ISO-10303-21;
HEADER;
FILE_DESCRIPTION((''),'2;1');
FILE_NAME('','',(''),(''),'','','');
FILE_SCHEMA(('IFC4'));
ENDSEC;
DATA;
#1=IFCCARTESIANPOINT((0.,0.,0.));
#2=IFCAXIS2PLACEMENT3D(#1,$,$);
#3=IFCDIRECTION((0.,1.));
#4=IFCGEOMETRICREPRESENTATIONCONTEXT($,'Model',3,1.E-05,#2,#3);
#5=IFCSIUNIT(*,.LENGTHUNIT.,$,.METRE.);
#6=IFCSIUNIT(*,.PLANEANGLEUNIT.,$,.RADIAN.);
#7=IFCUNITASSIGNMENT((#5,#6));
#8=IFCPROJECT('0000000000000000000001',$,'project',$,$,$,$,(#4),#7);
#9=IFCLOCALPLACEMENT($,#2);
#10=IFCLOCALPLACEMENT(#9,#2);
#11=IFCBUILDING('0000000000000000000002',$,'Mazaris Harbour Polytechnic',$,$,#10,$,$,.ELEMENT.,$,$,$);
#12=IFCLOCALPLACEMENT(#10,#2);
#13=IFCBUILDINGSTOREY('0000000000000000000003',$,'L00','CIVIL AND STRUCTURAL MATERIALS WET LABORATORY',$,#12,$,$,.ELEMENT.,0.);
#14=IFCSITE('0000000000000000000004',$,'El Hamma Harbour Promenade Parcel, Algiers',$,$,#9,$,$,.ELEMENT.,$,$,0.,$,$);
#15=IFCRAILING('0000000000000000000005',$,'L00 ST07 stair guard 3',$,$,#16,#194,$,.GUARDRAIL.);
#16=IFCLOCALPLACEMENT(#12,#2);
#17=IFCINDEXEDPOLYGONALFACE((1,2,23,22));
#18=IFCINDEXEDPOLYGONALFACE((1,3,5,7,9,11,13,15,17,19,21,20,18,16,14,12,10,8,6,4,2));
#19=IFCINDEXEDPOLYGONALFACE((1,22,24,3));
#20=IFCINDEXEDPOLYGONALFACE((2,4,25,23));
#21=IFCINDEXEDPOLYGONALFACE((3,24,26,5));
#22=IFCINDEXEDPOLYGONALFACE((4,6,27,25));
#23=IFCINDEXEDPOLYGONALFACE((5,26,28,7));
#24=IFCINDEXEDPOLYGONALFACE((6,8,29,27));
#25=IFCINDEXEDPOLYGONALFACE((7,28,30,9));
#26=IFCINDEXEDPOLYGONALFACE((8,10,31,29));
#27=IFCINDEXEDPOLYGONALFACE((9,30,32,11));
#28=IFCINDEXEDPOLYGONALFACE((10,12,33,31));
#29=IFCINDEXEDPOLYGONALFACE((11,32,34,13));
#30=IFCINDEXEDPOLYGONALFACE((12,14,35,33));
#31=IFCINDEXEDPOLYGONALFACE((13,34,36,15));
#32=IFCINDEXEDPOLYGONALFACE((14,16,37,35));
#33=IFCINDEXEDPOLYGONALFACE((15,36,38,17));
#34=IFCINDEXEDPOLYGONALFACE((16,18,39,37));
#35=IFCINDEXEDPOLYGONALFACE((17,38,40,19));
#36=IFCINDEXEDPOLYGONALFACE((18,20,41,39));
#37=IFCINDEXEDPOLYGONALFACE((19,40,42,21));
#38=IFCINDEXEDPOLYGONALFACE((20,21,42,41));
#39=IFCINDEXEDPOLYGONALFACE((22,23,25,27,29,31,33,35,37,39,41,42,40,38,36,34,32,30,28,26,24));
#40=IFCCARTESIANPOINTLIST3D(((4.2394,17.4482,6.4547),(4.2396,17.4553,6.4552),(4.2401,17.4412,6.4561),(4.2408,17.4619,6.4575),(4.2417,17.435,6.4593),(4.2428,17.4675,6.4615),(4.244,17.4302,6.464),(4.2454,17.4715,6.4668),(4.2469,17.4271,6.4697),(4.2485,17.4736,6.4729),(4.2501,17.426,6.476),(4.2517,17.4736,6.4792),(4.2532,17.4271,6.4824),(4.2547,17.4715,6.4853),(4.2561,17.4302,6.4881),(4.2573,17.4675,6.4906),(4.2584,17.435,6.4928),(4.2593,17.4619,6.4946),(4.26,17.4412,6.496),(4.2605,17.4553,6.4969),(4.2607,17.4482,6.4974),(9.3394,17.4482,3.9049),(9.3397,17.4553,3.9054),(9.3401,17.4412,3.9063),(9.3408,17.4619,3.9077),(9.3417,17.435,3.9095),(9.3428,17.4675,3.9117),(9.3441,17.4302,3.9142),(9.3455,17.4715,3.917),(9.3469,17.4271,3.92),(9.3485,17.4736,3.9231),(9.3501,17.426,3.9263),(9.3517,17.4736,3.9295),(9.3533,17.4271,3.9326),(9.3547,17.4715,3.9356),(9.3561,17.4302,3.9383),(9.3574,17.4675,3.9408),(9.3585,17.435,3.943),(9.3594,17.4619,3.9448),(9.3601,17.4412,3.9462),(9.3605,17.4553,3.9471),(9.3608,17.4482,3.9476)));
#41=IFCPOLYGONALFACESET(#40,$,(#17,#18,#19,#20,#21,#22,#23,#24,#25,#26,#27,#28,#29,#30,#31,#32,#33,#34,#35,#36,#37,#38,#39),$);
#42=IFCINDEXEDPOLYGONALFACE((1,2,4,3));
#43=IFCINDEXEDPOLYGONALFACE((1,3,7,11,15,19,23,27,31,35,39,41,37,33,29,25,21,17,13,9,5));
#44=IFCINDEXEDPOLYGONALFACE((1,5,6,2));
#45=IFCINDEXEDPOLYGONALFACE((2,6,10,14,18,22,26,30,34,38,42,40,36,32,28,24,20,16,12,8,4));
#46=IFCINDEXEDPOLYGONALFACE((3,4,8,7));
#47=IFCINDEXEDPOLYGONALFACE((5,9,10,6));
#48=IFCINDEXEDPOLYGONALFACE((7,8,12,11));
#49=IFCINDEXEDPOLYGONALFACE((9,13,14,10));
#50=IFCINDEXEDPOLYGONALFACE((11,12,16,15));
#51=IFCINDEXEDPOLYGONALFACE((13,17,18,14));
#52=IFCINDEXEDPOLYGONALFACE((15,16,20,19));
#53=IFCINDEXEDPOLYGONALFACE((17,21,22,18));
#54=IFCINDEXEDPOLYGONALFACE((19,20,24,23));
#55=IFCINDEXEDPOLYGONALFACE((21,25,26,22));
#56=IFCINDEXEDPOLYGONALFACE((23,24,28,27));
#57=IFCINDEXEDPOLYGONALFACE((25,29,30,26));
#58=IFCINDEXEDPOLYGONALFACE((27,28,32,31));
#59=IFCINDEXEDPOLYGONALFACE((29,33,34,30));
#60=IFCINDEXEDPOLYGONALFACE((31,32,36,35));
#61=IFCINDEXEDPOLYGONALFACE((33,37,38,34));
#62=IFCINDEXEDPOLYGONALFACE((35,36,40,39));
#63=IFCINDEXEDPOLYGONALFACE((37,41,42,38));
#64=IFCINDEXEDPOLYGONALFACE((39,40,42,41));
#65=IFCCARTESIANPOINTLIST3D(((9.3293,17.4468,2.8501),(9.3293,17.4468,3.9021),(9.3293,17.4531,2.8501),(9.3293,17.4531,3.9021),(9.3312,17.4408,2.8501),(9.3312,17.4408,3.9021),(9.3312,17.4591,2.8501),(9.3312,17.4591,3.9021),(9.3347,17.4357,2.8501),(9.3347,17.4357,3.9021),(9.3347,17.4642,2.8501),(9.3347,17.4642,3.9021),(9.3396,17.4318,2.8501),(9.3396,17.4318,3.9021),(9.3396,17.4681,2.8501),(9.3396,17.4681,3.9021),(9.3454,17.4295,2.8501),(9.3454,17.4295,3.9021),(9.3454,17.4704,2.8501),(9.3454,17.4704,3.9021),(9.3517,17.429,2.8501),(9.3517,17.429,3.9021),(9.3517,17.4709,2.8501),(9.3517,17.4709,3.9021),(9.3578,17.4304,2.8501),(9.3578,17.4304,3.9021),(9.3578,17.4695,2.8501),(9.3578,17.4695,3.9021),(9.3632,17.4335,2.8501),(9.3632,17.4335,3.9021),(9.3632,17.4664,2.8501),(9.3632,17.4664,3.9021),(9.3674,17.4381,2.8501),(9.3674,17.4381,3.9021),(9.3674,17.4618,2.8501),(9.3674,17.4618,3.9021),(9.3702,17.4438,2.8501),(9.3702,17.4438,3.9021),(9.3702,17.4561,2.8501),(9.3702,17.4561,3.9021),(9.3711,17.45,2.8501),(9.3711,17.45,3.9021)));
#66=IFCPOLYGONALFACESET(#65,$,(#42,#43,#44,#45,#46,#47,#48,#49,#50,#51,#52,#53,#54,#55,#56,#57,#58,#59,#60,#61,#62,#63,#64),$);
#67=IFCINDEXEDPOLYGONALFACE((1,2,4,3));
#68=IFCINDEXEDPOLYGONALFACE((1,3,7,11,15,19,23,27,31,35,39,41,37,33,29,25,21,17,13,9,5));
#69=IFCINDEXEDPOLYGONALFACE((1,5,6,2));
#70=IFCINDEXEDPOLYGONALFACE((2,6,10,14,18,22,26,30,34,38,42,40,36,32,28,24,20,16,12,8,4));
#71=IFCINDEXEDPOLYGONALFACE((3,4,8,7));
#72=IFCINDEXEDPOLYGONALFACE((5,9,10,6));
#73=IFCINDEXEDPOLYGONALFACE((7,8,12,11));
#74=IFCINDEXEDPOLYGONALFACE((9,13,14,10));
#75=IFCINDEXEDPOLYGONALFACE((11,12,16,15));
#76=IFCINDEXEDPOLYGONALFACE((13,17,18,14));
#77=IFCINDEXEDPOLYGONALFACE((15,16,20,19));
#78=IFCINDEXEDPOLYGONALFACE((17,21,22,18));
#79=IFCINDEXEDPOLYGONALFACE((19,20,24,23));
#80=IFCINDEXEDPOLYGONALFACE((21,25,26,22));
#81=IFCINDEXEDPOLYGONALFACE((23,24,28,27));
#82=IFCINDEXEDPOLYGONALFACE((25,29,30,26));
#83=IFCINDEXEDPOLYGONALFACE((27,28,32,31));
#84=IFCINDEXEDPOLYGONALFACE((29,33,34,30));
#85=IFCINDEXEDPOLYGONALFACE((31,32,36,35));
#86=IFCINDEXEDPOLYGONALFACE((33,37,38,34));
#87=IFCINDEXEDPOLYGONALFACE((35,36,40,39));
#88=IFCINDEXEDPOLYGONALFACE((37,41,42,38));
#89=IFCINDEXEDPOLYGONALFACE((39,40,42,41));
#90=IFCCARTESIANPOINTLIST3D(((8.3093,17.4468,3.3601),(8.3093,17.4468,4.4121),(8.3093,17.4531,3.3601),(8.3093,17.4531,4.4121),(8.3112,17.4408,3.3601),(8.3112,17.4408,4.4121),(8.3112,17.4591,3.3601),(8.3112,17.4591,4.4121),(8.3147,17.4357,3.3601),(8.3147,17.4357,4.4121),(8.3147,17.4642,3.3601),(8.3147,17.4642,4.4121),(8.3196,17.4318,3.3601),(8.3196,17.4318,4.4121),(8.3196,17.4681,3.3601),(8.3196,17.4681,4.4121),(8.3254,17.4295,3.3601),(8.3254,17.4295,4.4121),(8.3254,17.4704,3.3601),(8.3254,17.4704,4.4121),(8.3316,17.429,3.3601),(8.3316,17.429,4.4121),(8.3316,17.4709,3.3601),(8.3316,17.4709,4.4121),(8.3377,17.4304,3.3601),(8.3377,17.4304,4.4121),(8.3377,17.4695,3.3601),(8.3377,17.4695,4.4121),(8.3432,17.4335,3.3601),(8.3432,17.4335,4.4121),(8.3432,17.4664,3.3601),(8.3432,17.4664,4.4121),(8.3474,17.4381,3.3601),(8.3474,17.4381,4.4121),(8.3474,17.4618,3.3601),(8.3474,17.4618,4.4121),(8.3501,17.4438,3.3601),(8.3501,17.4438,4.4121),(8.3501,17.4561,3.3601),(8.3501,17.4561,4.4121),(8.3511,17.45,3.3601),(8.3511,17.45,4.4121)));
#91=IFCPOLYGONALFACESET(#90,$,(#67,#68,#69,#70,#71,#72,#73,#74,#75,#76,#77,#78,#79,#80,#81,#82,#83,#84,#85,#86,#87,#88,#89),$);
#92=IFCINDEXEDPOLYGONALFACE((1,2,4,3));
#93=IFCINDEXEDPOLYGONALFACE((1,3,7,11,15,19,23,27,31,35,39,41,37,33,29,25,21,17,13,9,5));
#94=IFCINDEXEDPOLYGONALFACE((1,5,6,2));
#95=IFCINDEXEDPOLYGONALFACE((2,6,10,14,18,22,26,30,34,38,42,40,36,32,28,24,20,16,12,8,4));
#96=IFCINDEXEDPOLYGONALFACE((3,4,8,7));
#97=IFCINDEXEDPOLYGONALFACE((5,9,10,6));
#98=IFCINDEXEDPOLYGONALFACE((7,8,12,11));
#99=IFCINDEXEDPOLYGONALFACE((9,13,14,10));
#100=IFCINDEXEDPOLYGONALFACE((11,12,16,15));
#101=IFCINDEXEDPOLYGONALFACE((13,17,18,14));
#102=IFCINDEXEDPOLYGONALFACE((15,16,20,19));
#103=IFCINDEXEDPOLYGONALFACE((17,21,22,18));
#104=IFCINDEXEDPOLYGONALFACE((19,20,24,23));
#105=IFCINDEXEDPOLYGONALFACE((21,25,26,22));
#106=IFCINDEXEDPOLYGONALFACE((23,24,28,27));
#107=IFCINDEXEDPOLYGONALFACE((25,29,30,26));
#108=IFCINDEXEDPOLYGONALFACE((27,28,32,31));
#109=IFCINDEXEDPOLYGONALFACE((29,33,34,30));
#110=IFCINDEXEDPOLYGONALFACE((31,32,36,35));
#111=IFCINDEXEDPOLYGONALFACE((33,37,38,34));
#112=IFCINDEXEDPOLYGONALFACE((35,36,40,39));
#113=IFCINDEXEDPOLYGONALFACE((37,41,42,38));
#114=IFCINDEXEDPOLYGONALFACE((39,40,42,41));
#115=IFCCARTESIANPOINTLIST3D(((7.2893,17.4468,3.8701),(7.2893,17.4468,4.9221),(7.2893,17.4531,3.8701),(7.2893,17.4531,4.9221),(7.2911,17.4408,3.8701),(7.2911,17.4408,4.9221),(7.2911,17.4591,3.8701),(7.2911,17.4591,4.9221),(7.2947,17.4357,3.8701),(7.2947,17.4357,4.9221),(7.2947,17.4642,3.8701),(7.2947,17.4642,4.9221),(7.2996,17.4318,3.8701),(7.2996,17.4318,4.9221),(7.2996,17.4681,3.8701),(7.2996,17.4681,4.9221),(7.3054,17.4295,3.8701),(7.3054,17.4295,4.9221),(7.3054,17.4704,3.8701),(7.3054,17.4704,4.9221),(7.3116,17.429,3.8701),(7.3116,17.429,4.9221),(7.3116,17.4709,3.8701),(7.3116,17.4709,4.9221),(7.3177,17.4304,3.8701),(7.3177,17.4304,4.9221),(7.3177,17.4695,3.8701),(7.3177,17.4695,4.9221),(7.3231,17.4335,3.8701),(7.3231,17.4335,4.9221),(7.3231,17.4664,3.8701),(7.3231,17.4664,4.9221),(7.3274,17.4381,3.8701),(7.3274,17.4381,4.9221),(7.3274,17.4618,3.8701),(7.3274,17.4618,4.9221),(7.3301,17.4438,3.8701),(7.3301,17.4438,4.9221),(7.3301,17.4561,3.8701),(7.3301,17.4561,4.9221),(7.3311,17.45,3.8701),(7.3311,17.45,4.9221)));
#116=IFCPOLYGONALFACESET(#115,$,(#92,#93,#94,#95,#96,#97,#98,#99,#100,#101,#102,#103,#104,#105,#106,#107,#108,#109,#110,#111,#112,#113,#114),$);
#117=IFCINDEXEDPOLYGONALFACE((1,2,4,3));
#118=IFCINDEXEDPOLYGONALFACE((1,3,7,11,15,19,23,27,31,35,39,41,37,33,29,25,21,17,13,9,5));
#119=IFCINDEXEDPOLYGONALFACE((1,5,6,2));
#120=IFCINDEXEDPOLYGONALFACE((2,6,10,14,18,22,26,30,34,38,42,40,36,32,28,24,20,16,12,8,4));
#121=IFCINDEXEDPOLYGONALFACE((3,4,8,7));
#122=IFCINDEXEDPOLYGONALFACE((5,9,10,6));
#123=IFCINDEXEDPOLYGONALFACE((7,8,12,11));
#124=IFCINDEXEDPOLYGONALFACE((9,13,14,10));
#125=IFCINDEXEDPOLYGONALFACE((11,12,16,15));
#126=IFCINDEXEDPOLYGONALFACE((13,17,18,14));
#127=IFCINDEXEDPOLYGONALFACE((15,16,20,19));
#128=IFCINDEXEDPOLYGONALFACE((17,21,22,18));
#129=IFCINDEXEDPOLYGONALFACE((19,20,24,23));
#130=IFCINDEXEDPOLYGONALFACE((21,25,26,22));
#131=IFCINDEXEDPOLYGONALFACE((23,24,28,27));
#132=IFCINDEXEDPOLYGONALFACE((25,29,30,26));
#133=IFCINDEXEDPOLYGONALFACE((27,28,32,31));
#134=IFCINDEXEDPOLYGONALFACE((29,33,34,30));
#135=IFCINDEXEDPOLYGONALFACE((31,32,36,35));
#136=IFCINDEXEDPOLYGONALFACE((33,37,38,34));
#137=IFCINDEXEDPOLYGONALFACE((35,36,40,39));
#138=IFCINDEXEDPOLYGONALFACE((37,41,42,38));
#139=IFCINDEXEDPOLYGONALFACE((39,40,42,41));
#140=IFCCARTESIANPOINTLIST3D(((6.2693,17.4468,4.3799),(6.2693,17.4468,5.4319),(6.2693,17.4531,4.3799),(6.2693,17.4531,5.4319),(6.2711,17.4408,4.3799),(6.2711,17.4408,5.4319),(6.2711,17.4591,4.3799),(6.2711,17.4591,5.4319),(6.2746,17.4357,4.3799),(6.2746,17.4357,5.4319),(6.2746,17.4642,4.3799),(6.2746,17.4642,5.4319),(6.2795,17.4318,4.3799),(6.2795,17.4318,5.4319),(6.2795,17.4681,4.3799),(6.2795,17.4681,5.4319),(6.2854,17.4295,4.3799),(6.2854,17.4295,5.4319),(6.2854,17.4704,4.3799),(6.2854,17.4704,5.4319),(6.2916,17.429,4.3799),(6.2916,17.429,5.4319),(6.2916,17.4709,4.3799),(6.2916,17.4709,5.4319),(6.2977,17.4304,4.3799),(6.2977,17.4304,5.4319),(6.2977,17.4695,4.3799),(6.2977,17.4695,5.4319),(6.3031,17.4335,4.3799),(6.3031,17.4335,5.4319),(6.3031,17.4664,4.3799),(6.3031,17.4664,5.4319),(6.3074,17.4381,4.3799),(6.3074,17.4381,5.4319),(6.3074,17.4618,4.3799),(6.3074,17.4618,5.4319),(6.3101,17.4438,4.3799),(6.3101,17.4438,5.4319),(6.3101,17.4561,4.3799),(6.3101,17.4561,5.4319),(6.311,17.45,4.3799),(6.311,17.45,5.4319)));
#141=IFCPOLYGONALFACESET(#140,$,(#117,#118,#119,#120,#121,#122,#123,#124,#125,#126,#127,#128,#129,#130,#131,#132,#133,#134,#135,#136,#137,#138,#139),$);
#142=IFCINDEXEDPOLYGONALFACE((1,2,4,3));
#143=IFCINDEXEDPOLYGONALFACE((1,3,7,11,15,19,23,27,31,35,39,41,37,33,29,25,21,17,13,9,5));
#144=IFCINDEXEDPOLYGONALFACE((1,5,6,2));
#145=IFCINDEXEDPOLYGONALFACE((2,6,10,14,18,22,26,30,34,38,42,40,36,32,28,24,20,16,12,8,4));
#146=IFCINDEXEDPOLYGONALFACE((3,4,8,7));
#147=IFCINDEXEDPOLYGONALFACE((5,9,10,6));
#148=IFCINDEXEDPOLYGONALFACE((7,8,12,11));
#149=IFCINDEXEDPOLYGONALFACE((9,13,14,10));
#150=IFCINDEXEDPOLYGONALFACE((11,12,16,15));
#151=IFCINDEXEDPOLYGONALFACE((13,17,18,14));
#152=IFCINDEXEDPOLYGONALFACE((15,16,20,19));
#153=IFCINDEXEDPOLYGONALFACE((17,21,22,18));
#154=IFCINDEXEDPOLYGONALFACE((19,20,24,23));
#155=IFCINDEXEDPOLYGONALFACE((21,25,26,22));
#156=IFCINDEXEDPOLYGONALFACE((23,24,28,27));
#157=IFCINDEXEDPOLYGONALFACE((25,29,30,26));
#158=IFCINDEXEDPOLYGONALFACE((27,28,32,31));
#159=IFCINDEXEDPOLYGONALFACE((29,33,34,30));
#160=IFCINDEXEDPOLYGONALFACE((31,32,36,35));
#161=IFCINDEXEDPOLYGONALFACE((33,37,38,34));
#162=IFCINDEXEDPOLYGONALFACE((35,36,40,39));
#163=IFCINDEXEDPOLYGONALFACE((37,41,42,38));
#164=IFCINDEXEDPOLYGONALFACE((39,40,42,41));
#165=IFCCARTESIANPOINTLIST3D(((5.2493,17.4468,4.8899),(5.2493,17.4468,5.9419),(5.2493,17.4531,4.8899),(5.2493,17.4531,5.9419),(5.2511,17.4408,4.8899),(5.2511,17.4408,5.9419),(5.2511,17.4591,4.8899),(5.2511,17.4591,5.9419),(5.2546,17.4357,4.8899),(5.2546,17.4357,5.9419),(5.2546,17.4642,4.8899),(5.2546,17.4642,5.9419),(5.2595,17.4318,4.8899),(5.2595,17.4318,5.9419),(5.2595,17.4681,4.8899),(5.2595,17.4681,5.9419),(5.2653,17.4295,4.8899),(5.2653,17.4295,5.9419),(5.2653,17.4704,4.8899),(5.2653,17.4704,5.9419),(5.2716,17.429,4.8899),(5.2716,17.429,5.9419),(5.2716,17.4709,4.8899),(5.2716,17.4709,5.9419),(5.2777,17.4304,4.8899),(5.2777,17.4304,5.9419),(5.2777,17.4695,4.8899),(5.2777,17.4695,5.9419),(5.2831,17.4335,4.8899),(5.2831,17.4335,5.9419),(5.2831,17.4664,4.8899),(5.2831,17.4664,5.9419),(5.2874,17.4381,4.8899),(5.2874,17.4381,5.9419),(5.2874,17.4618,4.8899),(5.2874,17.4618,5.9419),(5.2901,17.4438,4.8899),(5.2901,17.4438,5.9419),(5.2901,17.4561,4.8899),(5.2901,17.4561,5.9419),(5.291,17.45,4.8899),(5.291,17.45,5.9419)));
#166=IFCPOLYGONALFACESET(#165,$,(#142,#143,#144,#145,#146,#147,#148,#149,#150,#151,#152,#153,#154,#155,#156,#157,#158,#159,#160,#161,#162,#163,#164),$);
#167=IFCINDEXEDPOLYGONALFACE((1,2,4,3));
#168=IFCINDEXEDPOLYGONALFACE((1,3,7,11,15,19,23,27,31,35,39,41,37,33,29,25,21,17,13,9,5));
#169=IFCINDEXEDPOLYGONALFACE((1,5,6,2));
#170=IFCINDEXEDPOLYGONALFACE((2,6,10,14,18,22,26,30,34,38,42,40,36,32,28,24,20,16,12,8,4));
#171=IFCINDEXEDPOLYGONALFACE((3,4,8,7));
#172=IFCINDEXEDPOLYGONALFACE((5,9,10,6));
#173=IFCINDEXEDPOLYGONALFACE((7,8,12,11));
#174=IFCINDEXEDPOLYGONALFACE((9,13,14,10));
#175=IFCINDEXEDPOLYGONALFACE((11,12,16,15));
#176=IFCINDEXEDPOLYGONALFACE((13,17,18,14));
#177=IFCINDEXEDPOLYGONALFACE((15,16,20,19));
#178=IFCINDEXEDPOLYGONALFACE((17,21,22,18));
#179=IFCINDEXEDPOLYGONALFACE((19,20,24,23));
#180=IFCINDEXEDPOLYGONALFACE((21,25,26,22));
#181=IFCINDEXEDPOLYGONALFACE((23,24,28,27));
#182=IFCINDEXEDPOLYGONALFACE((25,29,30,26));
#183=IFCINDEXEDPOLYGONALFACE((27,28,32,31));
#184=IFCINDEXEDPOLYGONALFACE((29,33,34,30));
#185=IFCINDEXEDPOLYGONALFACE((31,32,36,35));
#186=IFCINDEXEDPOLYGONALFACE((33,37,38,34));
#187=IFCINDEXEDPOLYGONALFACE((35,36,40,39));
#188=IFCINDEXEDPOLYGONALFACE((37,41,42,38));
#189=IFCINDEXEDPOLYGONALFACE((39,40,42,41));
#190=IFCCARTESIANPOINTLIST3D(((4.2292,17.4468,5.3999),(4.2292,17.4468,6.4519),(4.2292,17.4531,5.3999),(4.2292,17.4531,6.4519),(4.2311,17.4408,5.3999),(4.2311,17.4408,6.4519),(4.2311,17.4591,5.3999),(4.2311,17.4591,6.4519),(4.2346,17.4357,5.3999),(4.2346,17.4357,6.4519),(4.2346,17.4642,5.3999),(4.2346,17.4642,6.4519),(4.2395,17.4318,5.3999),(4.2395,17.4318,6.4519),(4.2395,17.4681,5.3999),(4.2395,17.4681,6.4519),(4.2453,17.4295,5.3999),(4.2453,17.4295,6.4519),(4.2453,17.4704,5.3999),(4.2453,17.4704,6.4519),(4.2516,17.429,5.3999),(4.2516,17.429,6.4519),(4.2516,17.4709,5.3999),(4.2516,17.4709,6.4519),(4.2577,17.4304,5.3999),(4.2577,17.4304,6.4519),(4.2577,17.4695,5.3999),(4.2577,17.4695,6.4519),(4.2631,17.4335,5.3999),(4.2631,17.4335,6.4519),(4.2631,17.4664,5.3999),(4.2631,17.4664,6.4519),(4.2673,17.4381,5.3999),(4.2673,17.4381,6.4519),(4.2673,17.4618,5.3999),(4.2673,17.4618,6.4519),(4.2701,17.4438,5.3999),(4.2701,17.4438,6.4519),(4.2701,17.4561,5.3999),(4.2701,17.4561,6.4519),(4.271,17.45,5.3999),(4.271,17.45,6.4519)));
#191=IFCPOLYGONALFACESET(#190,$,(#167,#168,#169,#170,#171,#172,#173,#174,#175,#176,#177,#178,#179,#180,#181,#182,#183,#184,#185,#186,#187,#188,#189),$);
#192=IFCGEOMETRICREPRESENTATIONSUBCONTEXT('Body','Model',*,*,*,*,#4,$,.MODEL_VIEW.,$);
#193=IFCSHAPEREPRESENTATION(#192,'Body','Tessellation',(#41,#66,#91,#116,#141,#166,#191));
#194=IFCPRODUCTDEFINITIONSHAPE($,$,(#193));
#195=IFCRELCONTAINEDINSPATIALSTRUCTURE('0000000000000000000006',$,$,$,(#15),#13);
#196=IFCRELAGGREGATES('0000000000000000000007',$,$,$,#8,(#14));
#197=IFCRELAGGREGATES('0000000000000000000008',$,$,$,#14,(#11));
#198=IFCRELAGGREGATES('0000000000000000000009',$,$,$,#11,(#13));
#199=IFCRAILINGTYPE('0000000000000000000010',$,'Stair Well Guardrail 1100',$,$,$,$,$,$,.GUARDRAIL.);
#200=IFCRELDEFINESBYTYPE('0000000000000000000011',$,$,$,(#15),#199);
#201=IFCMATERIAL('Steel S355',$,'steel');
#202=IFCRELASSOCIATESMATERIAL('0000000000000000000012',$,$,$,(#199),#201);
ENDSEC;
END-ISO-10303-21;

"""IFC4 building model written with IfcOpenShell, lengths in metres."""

from ifc_helpers import new_model, si_unit, direction, frame, origin, origin_2d, place, context, subcontext, project, spatial, circle, extrude, material, type_object, element, save


model = new_model("IFC4")

# Units and contexts
model_context = context("Model", 3, precision=1e-05, world=origin(), true_north=direction((0.0, 1.0)))
body_context = subcontext(model_context, "Body", "Model", "MODEL_VIEW")
ifc_project = project(units=[si_unit("LENGTHUNIT", "METRE"), si_unit("PLANEANGLEUNIT", "RADIAN")], contexts=[model_context])

# Site, building, storey
site_placement = place(None, origin())
site = spatial("IfcSite", under=ifc_project, at=site_placement, Name="El Hamma Harbour Promenade Parcel, Algiers", CompositionType="ELEMENT", RefElevation=0.0)
building_placement = place(site_placement, origin())
building = spatial("IfcBuilding", under=site, at=building_placement, Name="Mazaris Harbour Polytechnic", CompositionType="ELEMENT")
storey_placement = place(building_placement, origin())
storey = spatial("IfcBuildingStorey", under=building, at=storey_placement, Name="L00", Description="CIVIL AND STRUCTURAL MATERIALS WET LABORATORY", CompositionType="ELEMENT", Elevation=0.0)

# Railing
ifc_material_1 = material(Name="Steel S355", Category="steel")
railing_type_1 = type_object("IfcRailingType", Name="Stair Well Guardrail 1100", PredefinedType="GUARDRAIL", material=ifc_material_1)
railing_1_placement = place(storey_placement, frame((9.3501, 17.45, 2.8501)))
element("IfcRailing", 1, at=railing_1_placement, inside=storey, type_object=railing_type_1, Name="L00 ST07 stair guard 3", PredefinedType="GUARDRAIL", context=body_context, shape_type="SweptSolid", body=[
    extrude(circle(Radius=0.0239, at=origin_2d()), frame((0.0, 0.0, 1.0762), z_axis=(-0.894444, 0.0, 0.447179), x_axis=(0.0, -1.0, 0.0)), (0.0, 0.0, 1.0), 5.7019),
    extrude(circle(Radius=0.021, at=origin_2d()), origin(), (0.0, 0.0, 1.0), 1.052),
    extrude(circle(Radius=0.021, at=origin_2d()), frame((-1.02, 0.0, 0.51)), (0.0, 0.0, 1.0), 1.052),
    extrude(circle(Radius=0.021, at=origin_2d()), frame((-2.04, 0.0, 1.02)), (0.0, 0.0, 1.0), 1.052),
    extrude(circle(Radius=0.021, at=origin_2d()), frame((-3.0601, 0.0, 1.5298)), (0.0, 0.0, 1.0), 1.052),
    extrude(circle(Radius=0.021, at=origin_2d()), frame((-4.0801, 0.0, 2.0398)), (0.0, 0.0, 1.0), 1.052),
    extrude(circle(Radius=0.021, at=origin_2d()), frame((-5.1001, 0.0, 2.5498)), (0.0, 0.0, 1.0), 1.052),
])

save(model, "model.ifc")
